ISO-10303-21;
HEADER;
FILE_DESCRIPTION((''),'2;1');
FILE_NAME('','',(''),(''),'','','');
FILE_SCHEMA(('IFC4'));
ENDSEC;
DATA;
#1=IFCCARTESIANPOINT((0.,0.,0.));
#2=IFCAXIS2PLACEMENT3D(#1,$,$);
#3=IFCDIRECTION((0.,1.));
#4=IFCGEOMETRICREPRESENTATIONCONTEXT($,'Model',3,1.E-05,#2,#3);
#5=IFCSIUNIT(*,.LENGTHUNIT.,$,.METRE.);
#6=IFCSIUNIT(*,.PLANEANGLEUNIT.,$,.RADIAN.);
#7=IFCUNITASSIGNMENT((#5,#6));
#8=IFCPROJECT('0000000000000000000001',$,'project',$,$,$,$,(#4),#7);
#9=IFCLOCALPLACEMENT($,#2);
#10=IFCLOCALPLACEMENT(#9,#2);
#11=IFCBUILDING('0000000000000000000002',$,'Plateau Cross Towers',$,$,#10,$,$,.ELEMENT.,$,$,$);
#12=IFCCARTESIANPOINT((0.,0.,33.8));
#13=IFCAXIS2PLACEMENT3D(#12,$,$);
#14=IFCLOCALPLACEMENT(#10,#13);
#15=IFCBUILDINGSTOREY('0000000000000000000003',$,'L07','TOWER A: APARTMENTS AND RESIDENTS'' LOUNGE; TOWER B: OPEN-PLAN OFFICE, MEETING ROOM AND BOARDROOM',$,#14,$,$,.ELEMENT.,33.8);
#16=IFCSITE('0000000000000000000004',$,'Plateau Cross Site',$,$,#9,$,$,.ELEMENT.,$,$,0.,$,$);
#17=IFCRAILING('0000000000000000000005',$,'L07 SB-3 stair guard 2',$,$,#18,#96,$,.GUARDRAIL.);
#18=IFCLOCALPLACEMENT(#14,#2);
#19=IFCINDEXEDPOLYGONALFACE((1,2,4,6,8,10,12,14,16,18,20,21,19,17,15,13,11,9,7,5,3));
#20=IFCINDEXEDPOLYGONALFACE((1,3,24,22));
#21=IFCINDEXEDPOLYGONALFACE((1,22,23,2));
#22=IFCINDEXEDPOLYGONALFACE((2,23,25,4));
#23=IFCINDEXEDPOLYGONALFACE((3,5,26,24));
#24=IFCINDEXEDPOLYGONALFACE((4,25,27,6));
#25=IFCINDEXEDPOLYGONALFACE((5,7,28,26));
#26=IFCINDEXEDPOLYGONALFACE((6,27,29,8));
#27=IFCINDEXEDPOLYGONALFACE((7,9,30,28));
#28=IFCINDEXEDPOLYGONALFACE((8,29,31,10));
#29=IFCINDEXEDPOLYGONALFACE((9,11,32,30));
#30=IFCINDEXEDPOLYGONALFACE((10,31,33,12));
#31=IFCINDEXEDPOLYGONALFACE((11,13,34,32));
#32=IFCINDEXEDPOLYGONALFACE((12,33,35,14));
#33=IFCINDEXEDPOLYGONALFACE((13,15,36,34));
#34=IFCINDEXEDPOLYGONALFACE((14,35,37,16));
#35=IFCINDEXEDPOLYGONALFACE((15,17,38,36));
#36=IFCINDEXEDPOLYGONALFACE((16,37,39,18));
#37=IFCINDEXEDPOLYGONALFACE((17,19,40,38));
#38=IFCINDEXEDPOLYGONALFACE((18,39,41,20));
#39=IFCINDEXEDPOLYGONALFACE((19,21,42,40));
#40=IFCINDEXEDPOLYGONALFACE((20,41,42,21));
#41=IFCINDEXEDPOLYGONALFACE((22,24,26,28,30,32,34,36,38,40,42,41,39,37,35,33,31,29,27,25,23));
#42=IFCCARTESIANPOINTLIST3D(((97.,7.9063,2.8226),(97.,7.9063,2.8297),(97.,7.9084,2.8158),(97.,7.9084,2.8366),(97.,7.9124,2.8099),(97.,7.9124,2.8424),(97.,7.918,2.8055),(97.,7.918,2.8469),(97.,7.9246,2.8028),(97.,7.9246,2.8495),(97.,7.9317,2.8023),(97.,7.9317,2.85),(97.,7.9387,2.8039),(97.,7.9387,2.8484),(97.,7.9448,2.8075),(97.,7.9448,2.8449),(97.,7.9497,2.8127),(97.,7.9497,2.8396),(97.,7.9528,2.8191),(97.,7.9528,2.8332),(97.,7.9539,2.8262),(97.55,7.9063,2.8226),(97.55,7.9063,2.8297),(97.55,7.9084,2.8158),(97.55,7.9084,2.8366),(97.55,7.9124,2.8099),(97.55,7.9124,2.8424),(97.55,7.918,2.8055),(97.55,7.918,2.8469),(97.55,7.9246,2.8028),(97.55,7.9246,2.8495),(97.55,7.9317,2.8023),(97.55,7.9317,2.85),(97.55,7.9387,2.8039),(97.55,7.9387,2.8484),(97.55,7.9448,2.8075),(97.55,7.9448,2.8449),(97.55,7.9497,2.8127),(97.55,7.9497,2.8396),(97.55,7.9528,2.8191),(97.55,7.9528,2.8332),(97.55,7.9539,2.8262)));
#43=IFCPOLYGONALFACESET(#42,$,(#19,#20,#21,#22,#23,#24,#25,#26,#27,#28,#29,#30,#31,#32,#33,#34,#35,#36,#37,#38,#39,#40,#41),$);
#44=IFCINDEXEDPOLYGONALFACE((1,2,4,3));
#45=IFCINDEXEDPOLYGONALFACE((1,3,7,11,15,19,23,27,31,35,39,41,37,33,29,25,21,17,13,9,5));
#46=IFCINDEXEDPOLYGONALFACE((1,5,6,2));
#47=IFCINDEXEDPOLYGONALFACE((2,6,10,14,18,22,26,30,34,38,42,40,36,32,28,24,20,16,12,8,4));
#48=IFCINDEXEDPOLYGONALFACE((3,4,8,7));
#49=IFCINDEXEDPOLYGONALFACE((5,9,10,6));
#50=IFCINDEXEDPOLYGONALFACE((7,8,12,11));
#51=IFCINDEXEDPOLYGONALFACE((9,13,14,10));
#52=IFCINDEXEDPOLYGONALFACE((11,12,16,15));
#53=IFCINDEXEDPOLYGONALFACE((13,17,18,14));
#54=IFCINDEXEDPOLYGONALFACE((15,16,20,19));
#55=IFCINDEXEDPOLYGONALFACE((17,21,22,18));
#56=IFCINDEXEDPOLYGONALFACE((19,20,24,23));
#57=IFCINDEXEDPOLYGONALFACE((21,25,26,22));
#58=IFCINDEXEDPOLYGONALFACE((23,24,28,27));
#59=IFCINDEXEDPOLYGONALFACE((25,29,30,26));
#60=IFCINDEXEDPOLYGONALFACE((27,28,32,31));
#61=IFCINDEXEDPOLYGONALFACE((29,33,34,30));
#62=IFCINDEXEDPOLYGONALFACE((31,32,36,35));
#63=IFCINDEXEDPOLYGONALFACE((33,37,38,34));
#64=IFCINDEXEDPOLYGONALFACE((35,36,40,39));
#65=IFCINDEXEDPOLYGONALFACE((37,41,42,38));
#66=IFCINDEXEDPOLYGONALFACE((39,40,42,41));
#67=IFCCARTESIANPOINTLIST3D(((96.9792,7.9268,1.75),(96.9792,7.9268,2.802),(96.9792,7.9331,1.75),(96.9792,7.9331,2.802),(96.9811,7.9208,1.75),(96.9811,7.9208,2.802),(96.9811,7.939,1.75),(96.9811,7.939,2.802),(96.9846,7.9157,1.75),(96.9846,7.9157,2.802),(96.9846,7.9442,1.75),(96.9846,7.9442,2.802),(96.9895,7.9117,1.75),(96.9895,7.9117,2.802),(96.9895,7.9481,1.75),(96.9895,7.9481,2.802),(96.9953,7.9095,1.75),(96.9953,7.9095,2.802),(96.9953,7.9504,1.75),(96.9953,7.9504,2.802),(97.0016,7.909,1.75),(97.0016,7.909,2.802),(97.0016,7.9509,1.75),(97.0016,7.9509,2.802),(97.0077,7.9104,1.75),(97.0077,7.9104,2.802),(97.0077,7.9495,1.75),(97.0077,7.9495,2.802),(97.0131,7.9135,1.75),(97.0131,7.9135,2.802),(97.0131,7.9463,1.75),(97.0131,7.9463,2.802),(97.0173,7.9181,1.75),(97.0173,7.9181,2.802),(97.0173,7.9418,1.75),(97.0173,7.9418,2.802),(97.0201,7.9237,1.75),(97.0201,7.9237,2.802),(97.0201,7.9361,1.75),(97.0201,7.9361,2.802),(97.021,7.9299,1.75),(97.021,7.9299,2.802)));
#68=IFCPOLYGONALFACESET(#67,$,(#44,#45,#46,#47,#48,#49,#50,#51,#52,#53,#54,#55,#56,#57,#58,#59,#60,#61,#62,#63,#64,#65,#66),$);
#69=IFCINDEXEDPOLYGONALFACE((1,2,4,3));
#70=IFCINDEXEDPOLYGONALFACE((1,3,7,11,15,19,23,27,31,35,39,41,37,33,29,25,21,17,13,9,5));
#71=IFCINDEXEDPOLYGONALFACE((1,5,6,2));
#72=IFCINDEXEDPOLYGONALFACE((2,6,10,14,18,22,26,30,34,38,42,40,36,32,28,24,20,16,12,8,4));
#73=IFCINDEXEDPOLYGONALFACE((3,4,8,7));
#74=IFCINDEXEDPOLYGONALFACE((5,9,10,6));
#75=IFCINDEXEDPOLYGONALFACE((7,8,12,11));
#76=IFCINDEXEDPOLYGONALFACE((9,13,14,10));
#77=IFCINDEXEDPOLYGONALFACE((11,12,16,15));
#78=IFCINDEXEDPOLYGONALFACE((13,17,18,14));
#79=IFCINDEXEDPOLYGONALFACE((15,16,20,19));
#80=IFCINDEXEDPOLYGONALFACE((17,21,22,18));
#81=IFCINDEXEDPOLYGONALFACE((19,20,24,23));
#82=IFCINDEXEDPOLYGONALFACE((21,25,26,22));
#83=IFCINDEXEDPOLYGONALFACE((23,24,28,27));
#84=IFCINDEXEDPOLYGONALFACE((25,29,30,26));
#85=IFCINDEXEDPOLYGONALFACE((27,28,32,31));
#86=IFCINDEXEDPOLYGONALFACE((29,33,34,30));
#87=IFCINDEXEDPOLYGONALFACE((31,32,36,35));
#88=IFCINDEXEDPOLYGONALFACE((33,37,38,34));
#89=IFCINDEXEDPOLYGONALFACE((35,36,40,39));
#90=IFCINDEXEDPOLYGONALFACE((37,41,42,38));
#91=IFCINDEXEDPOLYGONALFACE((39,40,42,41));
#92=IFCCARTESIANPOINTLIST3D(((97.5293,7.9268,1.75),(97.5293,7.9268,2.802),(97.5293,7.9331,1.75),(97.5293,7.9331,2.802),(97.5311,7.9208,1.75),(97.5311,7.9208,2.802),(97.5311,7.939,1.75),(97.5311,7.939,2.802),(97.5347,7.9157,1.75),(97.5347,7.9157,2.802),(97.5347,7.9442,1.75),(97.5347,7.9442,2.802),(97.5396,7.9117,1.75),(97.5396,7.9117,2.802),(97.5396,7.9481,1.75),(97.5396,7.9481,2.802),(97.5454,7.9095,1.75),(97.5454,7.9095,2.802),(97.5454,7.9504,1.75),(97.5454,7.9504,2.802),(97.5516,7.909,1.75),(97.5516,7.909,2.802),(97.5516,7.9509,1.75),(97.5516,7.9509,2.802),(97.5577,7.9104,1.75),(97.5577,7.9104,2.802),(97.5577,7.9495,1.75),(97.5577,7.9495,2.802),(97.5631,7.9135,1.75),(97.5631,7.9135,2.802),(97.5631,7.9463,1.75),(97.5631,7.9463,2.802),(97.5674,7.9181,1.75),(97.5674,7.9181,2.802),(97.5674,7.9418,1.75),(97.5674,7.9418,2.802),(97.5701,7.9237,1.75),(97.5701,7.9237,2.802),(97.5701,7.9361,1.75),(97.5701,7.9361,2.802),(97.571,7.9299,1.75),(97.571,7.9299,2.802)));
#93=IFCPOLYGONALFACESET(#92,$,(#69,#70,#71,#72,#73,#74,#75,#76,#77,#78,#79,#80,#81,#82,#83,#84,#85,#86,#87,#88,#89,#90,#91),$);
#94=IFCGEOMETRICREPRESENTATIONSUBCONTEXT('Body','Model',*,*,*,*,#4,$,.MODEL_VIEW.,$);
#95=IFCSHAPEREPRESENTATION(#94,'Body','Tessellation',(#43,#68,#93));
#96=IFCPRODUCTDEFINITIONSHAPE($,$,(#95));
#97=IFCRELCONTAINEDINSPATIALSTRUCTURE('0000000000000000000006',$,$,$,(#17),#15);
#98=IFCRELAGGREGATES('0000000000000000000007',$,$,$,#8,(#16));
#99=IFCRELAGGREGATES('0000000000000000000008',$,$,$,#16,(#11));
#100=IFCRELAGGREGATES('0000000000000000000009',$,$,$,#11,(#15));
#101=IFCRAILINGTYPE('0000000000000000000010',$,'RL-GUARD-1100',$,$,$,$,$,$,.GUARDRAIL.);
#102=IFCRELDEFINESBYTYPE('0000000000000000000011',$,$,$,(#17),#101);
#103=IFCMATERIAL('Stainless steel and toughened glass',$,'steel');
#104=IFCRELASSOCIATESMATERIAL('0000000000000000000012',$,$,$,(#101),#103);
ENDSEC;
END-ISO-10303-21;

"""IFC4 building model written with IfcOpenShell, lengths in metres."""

from ifc_helpers import new_model, si_unit, direction, frame, origin, origin_2d, place, context, subcontext, project, spatial, circle, extrude, material, type_object, element, save


model = new_model("IFC4")

# Units and contexts
model_context = context("Model", 3, precision=1e-05, world=origin(), true_north=direction((0.0, 1.0)))
body_context = subcontext(model_context, "Body", "Model", "MODEL_VIEW")
ifc_project = project(units=[si_unit("LENGTHUNIT", "METRE"), si_unit("PLANEANGLEUNIT", "RADIAN")], contexts=[model_context])

# Site, building, storey
site_placement = place(None, origin())
site = spatial("IfcSite", under=ifc_project, at=site_placement, Name="Plateau Cross Site", CompositionType="ELEMENT", RefElevation=0.0)
building_placement = place(site_placement, origin())
building = spatial("IfcBuilding", under=site, at=building_placement, Name="Plateau Cross Towers", CompositionType="ELEMENT")
storey_placement = place(building_placement, frame((0.0, 0.0, 33.8)))
storey = spatial("IfcBuildingStorey", under=building, at=storey_placement, Name="L07", Description="TOWER A: APARTMENTS AND RESIDENTS' LOUNGE; TOWER B: OPEN-PLAN OFFICE, MEETING ROOM AND BOARDROOM", CompositionType="ELEMENT", Elevation=33.8)

# Railing
ifc_material_1 = material(Name="Stainless steel and toughened glass", Category="steel")
railing_type_1 = type_object("IfcRailingType", Name="RL-GUARD-1100", PredefinedType="GUARDRAIL", material=ifc_material_1)
railing_1_placement = place(storey_placement, frame((97.0, 7.9299, 1.75)))
element("IfcRailing", 1, at=railing_1_placement, inside=storey, type_object=railing_type_1, Name="L07 SB-3 stair guard 2", PredefinedType="GUARDRAIL", context=body_context, shape_type="SweptSolid", body=[
    extrude(circle(Radius=0.0239, at=origin_2d()), frame((0.0, 0.0, 1.0762), z_axis=(1.0, 0.0, 0.0), x_axis=(0.0, 1.0, 0.0)), (0.0, 0.0, 1.0), 0.55),
    extrude(circle(Radius=0.021, at=origin_2d()), origin(), (0.0, 0.0, 1.0), 1.052),
    extrude(circle(Radius=0.021, at=origin_2d()), frame((0.55, 0.0, 0.0)), (0.0, 0.0, 1.0), 1.052),
])

save(model, "model.ifc")
